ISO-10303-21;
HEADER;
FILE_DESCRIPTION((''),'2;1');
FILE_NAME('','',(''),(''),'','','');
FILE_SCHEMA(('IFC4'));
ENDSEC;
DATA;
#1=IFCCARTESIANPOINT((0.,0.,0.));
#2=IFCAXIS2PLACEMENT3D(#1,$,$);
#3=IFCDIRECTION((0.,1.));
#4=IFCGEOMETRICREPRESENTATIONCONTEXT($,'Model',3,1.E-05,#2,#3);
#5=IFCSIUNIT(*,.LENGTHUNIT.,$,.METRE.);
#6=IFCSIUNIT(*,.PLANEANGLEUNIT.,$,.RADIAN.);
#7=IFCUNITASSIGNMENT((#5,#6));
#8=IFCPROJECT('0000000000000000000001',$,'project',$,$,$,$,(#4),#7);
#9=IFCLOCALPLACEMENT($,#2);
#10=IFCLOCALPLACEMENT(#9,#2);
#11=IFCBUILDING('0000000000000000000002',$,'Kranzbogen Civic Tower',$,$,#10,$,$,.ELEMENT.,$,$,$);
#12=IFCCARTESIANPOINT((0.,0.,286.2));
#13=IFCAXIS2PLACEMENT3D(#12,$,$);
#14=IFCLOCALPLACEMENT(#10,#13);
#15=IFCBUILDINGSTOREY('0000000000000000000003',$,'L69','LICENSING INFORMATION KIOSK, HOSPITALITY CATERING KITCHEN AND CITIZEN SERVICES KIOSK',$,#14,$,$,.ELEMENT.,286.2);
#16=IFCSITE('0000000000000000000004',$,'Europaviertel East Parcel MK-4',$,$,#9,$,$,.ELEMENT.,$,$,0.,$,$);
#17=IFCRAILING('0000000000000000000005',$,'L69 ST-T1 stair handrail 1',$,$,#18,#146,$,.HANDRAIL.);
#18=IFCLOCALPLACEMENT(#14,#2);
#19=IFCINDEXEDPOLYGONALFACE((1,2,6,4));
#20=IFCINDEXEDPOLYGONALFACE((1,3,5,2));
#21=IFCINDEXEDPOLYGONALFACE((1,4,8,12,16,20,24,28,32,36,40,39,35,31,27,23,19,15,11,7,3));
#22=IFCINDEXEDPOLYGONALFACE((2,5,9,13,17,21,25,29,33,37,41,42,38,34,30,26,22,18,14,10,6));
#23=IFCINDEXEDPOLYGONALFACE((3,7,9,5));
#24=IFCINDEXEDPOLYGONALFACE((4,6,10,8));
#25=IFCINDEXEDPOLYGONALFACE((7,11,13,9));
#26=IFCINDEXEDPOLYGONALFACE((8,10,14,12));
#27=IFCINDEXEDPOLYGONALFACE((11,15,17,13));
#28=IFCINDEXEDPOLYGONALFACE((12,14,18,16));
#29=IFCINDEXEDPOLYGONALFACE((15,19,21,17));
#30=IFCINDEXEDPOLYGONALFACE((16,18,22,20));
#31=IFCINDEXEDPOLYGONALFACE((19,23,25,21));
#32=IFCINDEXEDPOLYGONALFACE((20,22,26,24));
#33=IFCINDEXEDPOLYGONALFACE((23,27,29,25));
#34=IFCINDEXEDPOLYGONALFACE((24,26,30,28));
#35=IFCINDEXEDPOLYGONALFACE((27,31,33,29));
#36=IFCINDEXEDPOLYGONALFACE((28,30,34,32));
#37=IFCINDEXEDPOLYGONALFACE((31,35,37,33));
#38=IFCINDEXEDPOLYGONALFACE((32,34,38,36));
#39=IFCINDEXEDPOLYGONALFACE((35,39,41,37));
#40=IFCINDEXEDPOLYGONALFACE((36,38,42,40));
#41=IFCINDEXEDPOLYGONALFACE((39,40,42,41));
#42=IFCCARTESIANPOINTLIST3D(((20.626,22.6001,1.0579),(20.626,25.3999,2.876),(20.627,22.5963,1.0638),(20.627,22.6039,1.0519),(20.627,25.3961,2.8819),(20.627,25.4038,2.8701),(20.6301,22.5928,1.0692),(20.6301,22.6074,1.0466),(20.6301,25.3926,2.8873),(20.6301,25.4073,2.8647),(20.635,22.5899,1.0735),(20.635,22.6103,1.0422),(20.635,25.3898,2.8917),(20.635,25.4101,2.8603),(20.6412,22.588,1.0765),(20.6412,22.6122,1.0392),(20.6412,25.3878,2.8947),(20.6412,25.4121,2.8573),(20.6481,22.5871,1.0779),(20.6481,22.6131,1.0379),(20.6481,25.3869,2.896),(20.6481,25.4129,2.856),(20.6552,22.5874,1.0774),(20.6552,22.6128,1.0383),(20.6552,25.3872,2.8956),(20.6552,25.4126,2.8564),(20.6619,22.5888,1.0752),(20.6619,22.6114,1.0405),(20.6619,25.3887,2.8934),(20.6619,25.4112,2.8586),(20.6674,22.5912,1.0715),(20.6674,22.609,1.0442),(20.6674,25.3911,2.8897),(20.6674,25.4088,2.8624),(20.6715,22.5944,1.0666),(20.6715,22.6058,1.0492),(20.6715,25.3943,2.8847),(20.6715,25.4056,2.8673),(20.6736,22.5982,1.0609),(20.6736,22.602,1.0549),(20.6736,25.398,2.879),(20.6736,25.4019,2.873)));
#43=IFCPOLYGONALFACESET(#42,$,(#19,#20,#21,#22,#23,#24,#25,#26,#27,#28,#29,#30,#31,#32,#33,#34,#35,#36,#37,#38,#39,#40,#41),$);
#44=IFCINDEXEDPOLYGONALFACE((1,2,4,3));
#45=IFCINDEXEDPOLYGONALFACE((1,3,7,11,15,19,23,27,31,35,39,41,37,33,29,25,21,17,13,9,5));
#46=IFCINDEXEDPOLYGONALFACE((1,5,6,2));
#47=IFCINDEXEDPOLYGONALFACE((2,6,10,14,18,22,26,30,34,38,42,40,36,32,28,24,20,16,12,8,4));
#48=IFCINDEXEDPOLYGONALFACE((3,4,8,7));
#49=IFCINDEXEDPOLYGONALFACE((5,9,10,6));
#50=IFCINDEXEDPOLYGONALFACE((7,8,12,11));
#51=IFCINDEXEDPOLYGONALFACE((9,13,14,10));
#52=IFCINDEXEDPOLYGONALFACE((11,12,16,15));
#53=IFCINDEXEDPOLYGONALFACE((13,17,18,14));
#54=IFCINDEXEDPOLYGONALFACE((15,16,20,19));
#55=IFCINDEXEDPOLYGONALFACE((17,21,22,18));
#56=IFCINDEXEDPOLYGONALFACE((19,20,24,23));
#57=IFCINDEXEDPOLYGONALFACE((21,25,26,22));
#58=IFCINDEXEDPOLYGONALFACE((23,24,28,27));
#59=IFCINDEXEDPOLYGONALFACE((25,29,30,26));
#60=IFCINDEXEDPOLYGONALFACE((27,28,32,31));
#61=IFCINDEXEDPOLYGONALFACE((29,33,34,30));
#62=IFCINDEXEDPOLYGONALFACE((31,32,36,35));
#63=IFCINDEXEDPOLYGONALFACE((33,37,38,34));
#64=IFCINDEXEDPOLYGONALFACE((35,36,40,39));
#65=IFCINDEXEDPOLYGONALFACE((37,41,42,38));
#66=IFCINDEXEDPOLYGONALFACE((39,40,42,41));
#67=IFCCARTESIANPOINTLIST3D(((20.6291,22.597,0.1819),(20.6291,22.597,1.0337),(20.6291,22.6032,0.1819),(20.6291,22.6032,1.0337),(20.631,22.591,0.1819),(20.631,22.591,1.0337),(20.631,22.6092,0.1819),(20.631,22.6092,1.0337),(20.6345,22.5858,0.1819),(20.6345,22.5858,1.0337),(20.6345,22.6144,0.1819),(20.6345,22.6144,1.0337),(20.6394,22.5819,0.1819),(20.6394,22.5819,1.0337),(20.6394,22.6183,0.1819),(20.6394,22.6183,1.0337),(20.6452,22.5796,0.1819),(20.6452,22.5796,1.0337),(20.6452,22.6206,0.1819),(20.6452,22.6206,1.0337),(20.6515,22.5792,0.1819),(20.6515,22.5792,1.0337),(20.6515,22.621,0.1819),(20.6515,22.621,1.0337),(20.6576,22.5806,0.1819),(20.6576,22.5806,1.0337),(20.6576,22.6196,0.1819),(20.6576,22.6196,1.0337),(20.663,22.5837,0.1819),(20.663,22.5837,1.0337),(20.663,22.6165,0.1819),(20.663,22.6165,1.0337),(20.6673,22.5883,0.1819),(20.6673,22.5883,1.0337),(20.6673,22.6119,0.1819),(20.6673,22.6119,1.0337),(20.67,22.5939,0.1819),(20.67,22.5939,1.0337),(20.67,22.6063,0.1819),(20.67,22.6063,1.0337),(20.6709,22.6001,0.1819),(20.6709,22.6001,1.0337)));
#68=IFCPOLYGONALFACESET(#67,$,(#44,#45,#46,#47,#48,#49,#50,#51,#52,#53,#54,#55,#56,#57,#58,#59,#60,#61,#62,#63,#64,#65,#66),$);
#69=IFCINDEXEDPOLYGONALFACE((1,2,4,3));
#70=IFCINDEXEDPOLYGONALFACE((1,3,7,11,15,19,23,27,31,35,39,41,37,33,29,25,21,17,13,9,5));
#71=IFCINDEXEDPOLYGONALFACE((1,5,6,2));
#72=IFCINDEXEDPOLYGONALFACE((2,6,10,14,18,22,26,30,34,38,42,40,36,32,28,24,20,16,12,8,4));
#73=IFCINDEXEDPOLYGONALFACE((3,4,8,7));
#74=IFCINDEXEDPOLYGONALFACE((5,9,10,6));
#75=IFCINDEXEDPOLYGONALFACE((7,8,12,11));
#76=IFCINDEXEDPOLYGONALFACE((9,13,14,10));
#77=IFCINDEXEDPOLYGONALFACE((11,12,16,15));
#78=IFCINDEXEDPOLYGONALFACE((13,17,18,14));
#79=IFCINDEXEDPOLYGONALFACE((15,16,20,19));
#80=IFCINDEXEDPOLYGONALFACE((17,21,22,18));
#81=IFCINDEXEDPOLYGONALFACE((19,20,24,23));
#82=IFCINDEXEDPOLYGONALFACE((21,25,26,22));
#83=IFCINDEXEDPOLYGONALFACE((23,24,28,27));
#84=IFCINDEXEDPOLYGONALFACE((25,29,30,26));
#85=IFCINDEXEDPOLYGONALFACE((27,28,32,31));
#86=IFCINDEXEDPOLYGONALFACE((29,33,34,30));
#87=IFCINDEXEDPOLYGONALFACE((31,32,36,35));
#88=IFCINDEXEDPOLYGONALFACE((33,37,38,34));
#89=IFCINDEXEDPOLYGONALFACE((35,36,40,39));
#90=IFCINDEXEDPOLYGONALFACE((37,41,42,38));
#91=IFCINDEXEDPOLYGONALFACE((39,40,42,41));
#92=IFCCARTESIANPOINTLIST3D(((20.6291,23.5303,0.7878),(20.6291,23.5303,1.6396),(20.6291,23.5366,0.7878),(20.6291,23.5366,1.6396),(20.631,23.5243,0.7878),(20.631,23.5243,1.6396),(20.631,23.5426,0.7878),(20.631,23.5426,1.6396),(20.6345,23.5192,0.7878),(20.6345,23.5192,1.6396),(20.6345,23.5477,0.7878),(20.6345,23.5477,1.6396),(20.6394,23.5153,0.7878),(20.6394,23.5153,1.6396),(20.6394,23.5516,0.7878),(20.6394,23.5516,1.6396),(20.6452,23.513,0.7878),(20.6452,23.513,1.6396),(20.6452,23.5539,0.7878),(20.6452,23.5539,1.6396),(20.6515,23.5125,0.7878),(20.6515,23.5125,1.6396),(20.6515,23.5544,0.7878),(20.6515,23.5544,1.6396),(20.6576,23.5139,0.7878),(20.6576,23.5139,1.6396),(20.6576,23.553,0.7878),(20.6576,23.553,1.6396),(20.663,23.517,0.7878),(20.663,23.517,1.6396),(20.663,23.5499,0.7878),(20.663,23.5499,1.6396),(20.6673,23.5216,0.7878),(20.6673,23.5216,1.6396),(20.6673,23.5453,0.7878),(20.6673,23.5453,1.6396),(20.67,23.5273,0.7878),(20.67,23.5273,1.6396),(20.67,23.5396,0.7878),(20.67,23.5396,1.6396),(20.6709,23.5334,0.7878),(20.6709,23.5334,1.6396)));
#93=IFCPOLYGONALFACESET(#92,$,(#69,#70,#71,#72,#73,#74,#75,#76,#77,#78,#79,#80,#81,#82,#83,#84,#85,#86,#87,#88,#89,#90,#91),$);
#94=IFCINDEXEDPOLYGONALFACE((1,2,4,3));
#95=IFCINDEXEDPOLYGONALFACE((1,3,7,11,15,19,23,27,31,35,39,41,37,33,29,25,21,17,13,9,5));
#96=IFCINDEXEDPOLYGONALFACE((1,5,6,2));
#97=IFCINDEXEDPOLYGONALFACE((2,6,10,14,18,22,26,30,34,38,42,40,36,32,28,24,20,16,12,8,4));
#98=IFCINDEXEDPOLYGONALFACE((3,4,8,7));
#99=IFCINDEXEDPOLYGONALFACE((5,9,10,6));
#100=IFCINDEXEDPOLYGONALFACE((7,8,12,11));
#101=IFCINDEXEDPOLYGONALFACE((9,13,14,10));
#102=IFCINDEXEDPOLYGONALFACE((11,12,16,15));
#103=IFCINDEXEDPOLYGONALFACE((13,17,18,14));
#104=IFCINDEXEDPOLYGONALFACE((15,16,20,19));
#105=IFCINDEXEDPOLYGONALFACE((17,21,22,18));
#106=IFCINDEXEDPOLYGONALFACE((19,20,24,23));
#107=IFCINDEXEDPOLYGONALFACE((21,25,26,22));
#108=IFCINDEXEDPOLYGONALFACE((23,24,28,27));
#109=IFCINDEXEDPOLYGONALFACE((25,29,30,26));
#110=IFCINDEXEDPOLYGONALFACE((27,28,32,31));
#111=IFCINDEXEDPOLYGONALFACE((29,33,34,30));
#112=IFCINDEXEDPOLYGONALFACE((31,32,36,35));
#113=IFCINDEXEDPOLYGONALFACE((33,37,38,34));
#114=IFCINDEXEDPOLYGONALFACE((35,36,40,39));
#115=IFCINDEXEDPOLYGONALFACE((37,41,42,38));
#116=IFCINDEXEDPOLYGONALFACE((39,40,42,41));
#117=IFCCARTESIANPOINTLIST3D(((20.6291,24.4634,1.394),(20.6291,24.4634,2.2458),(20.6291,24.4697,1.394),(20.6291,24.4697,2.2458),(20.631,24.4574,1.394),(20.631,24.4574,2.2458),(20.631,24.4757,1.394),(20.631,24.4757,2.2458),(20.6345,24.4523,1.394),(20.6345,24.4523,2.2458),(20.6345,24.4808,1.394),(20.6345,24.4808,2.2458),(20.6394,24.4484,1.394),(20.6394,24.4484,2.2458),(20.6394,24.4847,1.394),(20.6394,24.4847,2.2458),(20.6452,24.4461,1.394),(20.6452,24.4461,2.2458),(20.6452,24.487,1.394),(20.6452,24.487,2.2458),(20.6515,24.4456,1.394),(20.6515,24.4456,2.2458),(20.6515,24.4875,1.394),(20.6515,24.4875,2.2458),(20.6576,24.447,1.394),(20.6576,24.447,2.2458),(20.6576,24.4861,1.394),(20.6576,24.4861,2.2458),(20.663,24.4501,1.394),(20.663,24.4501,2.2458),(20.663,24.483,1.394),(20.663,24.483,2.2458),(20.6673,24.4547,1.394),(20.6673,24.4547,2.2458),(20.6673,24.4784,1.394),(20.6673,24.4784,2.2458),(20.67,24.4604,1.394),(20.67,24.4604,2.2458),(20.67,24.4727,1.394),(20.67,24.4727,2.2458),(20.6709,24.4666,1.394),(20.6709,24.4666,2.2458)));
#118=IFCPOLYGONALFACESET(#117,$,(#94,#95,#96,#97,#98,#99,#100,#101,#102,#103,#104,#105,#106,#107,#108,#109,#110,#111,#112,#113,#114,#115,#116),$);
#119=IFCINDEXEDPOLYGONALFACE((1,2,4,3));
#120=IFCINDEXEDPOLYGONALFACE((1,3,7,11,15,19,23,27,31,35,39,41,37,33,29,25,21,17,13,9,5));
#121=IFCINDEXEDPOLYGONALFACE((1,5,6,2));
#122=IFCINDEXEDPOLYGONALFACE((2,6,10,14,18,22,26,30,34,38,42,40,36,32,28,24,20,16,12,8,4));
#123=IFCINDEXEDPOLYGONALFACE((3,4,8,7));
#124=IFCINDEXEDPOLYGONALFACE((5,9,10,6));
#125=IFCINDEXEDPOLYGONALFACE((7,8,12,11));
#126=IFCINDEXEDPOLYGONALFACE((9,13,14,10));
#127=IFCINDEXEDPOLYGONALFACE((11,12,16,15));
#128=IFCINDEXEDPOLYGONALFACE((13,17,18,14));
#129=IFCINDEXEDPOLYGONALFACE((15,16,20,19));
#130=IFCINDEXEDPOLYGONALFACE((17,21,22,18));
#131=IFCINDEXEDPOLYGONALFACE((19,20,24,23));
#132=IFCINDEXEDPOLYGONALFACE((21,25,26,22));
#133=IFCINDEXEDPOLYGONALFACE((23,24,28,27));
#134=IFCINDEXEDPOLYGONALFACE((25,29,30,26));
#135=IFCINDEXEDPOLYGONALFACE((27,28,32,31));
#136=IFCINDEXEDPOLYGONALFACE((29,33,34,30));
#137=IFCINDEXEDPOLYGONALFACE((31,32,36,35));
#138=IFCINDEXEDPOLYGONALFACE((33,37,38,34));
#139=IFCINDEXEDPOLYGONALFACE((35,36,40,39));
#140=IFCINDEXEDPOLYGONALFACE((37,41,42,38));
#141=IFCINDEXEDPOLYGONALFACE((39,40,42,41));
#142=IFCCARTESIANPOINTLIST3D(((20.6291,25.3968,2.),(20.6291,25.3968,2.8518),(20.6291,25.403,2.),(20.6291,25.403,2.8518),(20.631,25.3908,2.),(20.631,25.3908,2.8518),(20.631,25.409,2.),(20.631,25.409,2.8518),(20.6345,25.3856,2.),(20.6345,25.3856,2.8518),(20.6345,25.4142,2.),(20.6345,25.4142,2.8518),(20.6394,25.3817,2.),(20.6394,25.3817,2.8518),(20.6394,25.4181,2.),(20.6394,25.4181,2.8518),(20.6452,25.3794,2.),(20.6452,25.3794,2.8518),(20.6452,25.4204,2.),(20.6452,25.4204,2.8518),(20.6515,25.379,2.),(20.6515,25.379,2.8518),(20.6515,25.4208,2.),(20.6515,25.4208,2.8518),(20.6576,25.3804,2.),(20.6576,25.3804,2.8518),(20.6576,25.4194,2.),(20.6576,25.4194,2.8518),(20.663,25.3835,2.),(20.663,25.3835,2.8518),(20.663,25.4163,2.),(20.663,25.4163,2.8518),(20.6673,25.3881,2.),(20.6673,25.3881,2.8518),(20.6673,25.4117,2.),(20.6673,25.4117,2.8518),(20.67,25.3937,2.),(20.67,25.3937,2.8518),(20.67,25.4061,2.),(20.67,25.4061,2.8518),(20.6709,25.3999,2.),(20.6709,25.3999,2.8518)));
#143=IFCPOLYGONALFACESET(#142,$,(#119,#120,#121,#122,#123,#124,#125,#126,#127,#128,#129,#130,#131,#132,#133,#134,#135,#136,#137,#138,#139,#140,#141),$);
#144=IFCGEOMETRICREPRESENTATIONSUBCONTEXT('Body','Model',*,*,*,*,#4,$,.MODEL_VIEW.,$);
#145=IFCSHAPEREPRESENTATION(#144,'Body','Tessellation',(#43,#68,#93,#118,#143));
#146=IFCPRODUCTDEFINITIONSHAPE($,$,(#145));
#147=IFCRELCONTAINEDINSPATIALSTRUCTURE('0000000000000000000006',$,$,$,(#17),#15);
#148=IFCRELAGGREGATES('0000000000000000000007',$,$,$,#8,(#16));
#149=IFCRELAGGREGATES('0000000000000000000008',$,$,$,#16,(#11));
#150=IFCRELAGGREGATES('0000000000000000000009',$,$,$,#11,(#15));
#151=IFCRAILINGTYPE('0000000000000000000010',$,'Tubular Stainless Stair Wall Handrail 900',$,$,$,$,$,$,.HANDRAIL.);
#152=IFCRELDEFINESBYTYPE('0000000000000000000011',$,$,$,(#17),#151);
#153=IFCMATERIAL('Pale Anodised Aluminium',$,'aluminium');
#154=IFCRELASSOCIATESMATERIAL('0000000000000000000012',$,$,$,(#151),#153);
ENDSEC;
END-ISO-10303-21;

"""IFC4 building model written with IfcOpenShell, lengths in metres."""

from ifc_helpers import new_model, si_unit, direction, frame, origin, origin_2d, place, context, subcontext, project, spatial, circle, extrude, material, type_object, element, save


model = new_model("IFC4")

# Units and contexts
model_context = context("Model", 3, precision=1e-05, world=origin(), true_north=direction((0.0, 1.0)))
body_context = subcontext(model_context, "Body", "Model", "MODEL_VIEW")
ifc_project = project(units=[si_unit("LENGTHUNIT", "METRE"), si_unit("PLANEANGLEUNIT", "RADIAN")], contexts=[model_context])

# Site, building, storey
site_placement = place(None, origin())
site = spatial("IfcSite", under=ifc_project, at=site_placement, Name="Europaviertel East Parcel MK-4", CompositionType="ELEMENT", RefElevation=0.0)
building_placement = place(site_placement, origin())
building = spatial("IfcBuilding", under=site, at=building_placement, Name="Kranzbogen Civic Tower", CompositionType="ELEMENT")
storey_placement = place(building_placement, frame((0.0, 0.0, 286.2)))
storey = spatial("IfcBuildingStorey", under=building, at=storey_placement, Name="L69", Description="LICENSING INFORMATION KIOSK, HOSPITALITY CATERING KITCHEN AND CITIZEN SERVICES KIOSK", CompositionType="ELEMENT", Elevation=286.2)

# Shared definitions
ifc_material_1 = material(Name="Pale Anodised Aluminium", Category="aluminium")

# Railing
railing_type_1 = type_object("IfcRailingType", Name="Tubular Stainless Stair Wall Handrail 900", PredefinedType="HANDRAIL", material=ifc_material_1)
railing_1_placement = place(storey_placement, frame((20.6499, 22.6001, 0.1819)))
element("IfcRailing", 1, at=railing_1_placement, inside=storey, type_object=railing_type_1, Name="L69 ST-T1 stair handrail 1", PredefinedType="HANDRAIL", context=body_context, shape_type="SweptSolid", body=[
    extrude(circle(Radius=0.0239, at=origin_2d()), frame((0.0, 0.0, 0.876), z_axis=(0.0, 0.838684, 0.544618), x_axis=(-1.0, 0.0, 0.0)), (0.0, 0.0, 1.0), 3.3384),
    extrude(circle(Radius=0.021, at=origin_2d()), origin(), (0.0, 0.0, 1.0), 0.8518),
    extrude(circle(Radius=0.021, at=origin_2d()), frame((0.0, 0.9333, 0.606)), (0.0, 0.0, 1.0), 0.8518),
    extrude(circle(Radius=0.021, at=origin_2d()), frame((0.0, 1.8665, 1.2122)), (0.0, 0.0, 1.0), 0.8518),
    extrude(circle(Radius=0.021, at=origin_2d()), frame((0.0, 2.7998, 1.8181)), (0.0, 0.0, 1.0), 0.8518),
])

save(model, "model.ifc")
